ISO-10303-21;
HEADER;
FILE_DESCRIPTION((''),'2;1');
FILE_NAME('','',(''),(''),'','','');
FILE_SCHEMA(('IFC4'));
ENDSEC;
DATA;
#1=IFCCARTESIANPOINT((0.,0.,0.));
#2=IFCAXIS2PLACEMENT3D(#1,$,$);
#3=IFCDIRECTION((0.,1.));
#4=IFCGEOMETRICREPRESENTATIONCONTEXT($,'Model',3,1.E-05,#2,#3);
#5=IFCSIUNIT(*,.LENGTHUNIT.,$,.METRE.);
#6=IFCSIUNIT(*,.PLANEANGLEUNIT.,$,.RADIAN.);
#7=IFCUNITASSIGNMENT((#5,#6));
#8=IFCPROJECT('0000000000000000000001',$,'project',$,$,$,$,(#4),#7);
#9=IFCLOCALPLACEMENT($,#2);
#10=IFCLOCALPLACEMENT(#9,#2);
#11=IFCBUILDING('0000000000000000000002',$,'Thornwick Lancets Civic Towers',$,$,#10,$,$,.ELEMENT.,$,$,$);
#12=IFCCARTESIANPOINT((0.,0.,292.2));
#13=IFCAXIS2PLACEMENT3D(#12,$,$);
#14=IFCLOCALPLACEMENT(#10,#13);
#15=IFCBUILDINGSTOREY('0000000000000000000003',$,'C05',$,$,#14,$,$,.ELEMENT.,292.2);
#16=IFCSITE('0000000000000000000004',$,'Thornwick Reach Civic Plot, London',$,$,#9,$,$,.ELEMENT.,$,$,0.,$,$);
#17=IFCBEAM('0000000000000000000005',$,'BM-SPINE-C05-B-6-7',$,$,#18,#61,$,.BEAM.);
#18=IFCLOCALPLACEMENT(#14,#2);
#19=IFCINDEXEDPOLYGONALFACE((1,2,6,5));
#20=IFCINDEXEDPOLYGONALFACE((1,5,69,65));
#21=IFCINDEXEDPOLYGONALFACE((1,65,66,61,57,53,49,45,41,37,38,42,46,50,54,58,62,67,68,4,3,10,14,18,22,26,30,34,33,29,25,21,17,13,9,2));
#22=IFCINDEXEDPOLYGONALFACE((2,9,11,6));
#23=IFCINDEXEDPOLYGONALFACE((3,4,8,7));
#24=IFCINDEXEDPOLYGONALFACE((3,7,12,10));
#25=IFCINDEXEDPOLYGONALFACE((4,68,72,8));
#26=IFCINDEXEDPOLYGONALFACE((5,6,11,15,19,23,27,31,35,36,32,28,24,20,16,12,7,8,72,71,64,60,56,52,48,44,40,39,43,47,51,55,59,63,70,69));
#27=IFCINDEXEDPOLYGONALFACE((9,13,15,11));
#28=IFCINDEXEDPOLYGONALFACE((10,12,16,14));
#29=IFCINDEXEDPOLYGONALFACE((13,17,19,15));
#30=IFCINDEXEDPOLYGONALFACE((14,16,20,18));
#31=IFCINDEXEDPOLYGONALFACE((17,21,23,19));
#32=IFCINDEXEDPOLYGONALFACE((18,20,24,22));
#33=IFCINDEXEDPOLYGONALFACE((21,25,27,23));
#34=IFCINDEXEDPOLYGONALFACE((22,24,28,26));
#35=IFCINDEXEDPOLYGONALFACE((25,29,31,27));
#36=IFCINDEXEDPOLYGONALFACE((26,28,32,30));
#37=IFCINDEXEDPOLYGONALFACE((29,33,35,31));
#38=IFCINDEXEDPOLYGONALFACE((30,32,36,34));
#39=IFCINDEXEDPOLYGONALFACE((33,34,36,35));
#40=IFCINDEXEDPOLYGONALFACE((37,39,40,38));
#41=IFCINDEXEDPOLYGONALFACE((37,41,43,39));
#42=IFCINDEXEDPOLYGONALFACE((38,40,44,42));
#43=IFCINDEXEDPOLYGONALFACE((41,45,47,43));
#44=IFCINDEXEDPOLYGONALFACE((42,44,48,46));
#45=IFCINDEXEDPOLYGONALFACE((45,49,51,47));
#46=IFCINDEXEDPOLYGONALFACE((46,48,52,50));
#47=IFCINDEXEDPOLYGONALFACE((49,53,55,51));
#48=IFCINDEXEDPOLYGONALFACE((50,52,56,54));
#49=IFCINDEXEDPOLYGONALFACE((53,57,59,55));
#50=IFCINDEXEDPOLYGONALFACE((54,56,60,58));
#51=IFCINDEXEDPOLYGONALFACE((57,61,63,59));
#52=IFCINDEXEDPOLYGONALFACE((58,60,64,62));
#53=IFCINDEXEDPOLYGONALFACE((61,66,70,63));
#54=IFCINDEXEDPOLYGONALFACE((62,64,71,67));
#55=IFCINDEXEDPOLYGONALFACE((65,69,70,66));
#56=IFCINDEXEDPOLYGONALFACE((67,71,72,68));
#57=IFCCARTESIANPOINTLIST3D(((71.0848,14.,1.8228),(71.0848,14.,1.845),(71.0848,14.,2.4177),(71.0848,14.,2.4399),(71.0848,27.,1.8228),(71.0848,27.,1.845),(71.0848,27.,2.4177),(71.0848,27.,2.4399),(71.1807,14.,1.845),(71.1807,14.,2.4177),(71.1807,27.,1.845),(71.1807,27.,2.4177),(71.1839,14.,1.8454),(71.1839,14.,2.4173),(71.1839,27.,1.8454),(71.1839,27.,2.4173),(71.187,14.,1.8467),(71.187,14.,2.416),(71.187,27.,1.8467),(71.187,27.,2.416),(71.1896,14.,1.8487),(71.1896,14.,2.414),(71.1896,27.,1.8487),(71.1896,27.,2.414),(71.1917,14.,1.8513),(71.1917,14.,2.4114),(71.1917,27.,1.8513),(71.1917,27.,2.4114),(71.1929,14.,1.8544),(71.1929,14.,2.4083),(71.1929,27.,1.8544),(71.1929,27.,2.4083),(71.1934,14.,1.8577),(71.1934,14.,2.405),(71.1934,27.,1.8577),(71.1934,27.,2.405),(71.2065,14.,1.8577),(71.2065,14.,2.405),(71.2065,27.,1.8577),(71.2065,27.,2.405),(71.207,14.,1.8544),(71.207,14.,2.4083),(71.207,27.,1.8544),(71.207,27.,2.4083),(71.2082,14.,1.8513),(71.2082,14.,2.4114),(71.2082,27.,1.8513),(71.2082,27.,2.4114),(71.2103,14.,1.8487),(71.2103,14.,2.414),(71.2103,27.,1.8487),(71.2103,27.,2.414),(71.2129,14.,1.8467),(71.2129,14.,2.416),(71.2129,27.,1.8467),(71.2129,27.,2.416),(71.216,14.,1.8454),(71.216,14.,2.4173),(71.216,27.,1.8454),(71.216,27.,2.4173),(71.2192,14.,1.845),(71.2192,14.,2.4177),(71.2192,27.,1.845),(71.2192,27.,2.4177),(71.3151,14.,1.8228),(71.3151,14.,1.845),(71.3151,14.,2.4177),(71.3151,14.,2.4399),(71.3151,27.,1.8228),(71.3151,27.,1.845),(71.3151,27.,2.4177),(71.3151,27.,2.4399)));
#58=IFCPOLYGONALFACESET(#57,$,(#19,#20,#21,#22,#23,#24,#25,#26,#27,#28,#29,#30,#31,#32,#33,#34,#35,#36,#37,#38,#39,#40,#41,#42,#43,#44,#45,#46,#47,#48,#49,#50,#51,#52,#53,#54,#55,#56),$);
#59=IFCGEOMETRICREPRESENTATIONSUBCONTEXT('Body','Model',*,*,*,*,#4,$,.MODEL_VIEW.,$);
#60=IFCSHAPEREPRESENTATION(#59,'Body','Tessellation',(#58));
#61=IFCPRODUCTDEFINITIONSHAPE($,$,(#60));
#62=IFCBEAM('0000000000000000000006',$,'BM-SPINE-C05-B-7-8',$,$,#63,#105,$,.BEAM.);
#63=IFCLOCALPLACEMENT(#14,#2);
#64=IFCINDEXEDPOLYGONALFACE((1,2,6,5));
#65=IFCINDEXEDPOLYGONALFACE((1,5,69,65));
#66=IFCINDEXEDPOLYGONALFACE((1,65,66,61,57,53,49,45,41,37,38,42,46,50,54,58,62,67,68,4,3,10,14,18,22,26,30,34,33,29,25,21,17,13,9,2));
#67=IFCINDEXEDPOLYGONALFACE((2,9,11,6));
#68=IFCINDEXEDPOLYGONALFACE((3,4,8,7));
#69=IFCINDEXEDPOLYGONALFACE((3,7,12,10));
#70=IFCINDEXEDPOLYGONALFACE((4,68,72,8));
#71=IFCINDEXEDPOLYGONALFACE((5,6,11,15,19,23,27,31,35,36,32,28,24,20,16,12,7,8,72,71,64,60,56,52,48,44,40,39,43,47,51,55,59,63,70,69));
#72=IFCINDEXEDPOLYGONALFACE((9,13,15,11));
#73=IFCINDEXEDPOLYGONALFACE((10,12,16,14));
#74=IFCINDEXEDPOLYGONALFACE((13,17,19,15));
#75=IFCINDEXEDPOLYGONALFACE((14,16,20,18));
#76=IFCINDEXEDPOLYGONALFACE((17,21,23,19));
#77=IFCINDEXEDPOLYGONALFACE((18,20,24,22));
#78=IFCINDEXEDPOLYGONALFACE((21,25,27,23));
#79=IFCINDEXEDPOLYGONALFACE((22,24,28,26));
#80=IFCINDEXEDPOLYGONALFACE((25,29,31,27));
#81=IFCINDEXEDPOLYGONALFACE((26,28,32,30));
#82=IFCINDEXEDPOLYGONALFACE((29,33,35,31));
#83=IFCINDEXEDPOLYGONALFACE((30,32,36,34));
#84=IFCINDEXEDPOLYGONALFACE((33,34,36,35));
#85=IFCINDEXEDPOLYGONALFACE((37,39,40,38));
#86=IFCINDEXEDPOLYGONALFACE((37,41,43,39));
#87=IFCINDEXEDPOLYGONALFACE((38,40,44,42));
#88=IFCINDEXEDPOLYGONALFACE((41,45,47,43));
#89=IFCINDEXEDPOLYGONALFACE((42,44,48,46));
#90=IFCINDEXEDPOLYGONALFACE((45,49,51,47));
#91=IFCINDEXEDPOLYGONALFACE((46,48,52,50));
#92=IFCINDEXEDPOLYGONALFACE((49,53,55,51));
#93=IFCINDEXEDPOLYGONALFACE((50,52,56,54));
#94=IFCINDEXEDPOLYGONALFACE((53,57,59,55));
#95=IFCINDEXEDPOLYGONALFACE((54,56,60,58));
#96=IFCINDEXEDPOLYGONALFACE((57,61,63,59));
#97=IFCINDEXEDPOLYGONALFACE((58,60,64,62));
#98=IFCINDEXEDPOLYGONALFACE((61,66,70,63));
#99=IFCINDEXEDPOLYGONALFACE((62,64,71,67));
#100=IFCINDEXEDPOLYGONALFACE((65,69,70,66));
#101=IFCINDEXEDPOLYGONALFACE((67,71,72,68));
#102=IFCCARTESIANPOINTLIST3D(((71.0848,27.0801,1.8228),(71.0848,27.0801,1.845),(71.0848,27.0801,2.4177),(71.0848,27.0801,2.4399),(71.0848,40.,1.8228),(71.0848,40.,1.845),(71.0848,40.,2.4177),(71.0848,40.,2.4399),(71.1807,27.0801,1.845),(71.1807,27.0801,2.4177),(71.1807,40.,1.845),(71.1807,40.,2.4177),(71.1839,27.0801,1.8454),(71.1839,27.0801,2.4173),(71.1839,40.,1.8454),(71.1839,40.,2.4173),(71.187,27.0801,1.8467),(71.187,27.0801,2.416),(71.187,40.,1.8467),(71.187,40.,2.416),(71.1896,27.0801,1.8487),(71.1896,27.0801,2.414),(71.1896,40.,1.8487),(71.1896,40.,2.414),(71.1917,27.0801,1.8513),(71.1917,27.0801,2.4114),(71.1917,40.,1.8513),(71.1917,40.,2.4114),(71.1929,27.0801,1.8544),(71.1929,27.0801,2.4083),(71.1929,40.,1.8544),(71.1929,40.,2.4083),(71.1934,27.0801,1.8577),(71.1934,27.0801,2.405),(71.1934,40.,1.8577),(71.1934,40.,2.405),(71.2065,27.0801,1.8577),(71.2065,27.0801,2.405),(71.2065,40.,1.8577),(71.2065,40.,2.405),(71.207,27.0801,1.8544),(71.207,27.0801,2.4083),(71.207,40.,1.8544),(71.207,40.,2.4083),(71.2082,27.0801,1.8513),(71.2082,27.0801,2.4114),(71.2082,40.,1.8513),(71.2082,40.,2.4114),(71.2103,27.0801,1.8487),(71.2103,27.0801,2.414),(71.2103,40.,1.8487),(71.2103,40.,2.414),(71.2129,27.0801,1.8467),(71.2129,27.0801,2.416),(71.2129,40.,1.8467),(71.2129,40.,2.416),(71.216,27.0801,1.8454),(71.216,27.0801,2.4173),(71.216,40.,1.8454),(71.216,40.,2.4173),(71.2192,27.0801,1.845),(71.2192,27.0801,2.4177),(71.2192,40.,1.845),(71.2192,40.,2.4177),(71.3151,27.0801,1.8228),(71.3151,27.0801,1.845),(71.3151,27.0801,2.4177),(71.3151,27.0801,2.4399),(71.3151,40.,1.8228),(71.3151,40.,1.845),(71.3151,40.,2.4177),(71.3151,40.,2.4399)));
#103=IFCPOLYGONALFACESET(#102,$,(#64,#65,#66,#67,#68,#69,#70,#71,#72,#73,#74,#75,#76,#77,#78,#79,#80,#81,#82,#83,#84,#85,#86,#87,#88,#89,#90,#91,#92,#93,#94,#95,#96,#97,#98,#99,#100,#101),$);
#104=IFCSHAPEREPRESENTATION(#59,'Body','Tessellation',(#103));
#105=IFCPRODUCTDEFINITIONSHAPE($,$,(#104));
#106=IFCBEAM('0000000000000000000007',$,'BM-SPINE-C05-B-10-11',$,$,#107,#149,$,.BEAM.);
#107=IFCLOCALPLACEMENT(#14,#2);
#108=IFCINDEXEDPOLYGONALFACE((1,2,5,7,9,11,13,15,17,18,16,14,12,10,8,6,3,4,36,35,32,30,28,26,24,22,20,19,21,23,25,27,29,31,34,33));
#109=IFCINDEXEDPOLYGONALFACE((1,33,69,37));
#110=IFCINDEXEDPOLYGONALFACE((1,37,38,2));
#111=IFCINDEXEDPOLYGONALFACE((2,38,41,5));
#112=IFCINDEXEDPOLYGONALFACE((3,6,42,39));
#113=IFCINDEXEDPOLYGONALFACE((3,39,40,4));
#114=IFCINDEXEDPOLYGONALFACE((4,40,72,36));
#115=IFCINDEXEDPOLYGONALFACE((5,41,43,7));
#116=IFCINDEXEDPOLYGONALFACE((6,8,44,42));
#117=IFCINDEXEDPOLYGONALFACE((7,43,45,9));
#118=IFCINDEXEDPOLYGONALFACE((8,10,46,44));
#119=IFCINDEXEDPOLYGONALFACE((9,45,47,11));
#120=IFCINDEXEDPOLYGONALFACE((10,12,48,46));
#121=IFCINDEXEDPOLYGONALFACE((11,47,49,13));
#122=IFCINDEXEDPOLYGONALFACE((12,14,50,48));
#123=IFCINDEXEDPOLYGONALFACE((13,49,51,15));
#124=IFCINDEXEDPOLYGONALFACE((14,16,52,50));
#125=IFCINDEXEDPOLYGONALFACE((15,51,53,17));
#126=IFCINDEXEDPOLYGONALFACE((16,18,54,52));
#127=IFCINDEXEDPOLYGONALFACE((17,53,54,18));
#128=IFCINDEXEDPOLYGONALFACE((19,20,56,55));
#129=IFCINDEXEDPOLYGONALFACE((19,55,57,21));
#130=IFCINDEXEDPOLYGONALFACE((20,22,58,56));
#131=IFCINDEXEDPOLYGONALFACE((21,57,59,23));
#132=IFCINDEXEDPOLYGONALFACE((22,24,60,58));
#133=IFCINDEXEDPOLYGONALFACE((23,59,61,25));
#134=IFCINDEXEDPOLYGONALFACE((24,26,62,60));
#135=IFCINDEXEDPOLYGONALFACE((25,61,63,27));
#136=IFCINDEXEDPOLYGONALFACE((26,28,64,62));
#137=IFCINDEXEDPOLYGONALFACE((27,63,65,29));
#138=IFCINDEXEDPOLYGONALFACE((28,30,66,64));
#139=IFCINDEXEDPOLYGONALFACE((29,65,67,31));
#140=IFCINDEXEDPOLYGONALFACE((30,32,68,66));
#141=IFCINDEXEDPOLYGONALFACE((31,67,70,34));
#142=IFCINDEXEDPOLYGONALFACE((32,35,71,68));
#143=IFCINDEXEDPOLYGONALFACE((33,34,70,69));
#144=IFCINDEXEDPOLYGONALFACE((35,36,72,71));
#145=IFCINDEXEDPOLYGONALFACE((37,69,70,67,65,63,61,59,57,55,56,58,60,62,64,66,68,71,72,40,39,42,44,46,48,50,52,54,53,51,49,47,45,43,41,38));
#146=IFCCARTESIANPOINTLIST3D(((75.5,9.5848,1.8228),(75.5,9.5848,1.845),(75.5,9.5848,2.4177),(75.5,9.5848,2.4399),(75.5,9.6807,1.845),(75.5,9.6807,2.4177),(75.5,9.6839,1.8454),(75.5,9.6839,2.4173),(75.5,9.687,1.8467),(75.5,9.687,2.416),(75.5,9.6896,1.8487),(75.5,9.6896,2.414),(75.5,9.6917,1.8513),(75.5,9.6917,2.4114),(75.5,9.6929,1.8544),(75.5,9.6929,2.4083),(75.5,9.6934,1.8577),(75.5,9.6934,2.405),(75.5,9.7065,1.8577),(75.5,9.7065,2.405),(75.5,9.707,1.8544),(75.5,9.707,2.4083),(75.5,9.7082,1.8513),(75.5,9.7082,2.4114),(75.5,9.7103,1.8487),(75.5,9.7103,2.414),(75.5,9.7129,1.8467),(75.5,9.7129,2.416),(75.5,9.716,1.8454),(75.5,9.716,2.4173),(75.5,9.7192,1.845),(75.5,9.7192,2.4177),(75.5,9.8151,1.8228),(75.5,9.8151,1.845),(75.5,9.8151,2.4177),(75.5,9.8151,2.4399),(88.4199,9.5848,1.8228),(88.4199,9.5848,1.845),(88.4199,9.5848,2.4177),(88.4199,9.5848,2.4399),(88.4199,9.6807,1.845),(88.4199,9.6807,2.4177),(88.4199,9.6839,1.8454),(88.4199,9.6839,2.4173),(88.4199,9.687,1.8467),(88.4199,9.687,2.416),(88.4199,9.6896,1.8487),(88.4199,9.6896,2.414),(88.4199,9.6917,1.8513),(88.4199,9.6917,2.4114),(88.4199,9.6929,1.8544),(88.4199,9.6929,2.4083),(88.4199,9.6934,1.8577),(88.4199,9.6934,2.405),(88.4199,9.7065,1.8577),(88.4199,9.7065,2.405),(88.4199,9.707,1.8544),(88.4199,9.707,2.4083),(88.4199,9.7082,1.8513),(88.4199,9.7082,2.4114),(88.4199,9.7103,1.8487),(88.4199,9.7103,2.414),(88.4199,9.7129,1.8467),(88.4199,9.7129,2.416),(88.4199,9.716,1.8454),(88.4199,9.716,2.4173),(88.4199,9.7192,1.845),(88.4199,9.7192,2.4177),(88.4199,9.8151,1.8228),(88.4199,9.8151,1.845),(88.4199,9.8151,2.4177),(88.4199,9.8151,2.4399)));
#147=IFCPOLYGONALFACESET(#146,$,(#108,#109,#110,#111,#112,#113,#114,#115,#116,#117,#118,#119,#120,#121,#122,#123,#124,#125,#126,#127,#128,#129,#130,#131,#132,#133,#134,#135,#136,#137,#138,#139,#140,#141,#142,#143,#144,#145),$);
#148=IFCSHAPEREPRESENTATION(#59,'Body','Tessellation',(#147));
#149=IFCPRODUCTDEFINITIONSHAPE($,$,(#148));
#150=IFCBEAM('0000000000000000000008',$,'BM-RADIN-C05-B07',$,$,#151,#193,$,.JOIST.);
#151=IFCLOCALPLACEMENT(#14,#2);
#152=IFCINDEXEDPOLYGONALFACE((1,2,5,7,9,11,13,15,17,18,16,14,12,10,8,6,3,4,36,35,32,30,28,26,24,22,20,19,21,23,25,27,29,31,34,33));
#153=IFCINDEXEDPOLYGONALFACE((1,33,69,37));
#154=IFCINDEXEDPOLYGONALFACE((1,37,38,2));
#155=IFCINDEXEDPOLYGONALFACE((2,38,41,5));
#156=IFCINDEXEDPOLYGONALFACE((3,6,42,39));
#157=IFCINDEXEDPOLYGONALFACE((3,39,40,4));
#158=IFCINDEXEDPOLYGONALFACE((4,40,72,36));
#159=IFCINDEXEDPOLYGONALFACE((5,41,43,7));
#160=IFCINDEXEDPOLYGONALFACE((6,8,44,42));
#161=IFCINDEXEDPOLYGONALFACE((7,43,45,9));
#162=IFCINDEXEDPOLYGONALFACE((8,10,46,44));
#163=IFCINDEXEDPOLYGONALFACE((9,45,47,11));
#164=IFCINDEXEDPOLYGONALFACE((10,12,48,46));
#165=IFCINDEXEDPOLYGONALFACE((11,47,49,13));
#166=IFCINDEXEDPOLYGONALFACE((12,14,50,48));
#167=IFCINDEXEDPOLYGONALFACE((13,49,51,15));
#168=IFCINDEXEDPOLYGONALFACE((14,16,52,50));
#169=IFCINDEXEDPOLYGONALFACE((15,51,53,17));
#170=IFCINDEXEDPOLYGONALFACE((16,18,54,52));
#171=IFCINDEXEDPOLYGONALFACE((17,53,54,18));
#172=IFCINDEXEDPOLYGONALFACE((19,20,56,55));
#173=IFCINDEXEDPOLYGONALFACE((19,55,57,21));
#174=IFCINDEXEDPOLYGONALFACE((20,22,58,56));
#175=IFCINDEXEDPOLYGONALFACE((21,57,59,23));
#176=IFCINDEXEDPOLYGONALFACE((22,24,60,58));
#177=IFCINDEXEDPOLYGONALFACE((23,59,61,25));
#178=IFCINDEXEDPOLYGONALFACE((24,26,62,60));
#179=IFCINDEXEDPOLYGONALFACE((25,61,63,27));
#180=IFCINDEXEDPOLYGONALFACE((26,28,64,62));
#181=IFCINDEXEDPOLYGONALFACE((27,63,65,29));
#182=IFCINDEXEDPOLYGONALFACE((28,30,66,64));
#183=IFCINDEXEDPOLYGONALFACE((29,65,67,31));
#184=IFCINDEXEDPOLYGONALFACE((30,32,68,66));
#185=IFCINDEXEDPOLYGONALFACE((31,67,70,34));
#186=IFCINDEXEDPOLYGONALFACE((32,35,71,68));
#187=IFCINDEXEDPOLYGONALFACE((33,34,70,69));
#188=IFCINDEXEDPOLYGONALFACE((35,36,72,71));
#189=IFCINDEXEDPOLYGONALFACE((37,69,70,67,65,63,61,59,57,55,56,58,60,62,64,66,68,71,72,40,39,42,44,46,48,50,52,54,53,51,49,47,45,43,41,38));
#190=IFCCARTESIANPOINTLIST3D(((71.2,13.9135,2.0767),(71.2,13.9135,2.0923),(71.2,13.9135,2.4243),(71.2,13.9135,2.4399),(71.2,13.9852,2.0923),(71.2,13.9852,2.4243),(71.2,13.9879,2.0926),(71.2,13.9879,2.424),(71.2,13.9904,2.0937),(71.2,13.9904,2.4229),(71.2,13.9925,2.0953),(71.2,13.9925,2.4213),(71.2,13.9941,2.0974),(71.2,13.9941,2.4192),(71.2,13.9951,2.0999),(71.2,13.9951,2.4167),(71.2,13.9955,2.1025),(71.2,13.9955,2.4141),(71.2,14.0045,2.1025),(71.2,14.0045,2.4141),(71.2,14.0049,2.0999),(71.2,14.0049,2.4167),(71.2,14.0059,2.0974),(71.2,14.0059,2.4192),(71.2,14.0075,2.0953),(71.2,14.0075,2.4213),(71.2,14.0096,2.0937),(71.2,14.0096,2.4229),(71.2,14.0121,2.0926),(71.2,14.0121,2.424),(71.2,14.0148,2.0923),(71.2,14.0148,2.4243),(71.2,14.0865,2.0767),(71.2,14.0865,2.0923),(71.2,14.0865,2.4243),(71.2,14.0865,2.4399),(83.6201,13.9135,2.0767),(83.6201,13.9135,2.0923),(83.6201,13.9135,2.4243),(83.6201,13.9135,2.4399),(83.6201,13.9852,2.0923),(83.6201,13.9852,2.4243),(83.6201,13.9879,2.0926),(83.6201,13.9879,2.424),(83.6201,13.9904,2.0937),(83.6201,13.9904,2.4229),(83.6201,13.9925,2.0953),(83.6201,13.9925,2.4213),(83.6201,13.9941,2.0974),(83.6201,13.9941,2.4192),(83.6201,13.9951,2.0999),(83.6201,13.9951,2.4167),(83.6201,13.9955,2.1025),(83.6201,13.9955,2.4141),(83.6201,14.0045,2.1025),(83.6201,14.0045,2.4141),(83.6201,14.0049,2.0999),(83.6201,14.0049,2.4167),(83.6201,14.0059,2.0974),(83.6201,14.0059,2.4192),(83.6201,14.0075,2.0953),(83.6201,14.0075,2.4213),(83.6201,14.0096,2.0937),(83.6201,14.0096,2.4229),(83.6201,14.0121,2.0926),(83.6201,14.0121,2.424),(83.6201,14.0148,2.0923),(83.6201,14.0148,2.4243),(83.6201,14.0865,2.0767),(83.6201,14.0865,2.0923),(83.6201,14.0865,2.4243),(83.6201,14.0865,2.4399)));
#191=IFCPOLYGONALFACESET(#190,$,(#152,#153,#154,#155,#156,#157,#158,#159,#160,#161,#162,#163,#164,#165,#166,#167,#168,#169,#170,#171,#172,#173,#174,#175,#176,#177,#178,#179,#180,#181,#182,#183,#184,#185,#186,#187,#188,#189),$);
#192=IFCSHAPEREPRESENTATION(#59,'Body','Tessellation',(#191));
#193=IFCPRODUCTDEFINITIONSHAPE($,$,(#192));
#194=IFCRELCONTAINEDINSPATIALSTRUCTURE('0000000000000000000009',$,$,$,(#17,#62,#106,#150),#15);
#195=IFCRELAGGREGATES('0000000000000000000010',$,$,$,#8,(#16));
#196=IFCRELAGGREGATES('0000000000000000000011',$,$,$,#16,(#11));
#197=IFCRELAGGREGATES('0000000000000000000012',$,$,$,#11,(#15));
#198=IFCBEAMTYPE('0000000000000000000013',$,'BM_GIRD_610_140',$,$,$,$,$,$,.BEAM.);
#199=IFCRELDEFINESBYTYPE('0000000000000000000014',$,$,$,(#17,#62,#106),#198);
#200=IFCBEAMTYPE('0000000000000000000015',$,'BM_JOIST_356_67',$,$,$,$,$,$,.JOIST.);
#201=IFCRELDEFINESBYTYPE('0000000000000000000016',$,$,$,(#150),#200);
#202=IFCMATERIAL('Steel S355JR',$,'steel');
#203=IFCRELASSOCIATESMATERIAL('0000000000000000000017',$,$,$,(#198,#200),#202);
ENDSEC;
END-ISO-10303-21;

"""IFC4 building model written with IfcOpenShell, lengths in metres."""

from ifc_helpers import new_model, si_unit, direction, frame, origin, origin_2d, place, context, subcontext, project, spatial, i_section, extrude, material, material_profile, profile_set, type_object, element, save


model = new_model("IFC4")

# Units and contexts
model_context = context("Model", 3, precision=1e-05, world=origin(), true_north=direction((0.0, 1.0)))
body_context = subcontext(model_context, "Body", "Model", "MODEL_VIEW")
ifc_project = project(units=[si_unit("LENGTHUNIT", "METRE"), si_unit("PLANEANGLEUNIT", "RADIAN")], contexts=[model_context])

# Site, building, storey
site_placement = place(None, origin())
site = spatial("IfcSite", under=ifc_project, at=site_placement, Name="Thornwick Reach Civic Plot, London", CompositionType="ELEMENT", RefElevation=0.0)
building_placement = place(site_placement, origin())
building = spatial("IfcBuilding", under=site, at=building_placement, Name="Thornwick Lancets Civic Towers", CompositionType="ELEMENT")
storey_placement = place(building_placement, frame((0.0, 0.0, 292.2)))
storey = spatial("IfcBuildingStorey", under=building, at=storey_placement, Name="C05", CompositionType="ELEMENT", Elevation=292.2)

# Shared definitions
ifc_material_1 = material(Name="Steel S355JR", Category="steel")

# Beams
ifc_material_profile_1 = material_profile(ifc_material_1, i_section(OverallWidth=0.2302, OverallDepth=0.6172, WebThickness=0.0132, FlangeThickness=0.0222, FilletRadius=0.0127, at=origin_2d()), Name="UKB 610x229x140")
ifc_profile_set_1 = profile_set([ifc_material_profile_1], Name="Steel S355JR")
beam_type_1 = type_object("IfcBeamType", Name="BM_GIRD_610_140", PredefinedType="BEAM", material=ifc_profile_set_1)
beam_1_placement = place(storey_placement, frame((71.2, 14.0, 2.1313), z_axis=(0.0, 1.0, 0.0), x_axis=(-1.0, 0.0, 0.0)))
element("IfcBeam", 1, at=beam_1_placement, inside=storey, type_object=beam_type_1, Name="BM-SPINE-C05-B-6-7", PredefinedType="BEAM", context=body_context, shape_type="SweptSolid", body=[
    extrude(i_section(OverallWidth=0.2302, OverallDepth=0.6172, WebThickness=0.0132, FlangeThickness=0.0222, FilletRadius=0.0127, at=origin_2d()), origin(), (0.0, 0.0, 1.0), 13.0),
])
for number, where, z_axis, x_axis, name in (
    (2, (71.2, 27.0801, 2.1313), (0.0, 1.0, 0.0), (-1.0, 0.0, 0.0), "BM-SPINE-C05-B-7-8"),
    (3, (88.4199, 9.7, 2.1313), (-1.0, 0.0, 0.0), (0.0, -1.0, 0.0), "BM-SPINE-C05-B-10-11"),
):
    element("IfcBeam", number, at=place(storey_placement, frame(where, z_axis=z_axis, x_axis=x_axis)), inside=storey, type_object=beam_type_1, Name=name, PredefinedType="BEAM", context=body_context, shape_type="SweptSolid", body=[
        extrude(i_section(OverallWidth=0.2302, OverallDepth=0.6172, WebThickness=0.0132, FlangeThickness=0.0222, FilletRadius=0.0127, at=origin_2d()), origin(), (0.0, 0.0, 1.0), 12.9199),
    ])
ifc_material_profile_2 = material_profile(ifc_material_1, i_section(OverallWidth=0.1731, OverallDepth=0.3633, WebThickness=0.009, FlangeThickness=0.0156, FilletRadius=0.0103, at=origin_2d()), Name="UKB 356x171x67")
ifc_profile_set_2 = profile_set([ifc_material_profile_2], Name="Steel S355JR")
beam_type_2 = type_object("IfcBeamType", Name="BM_JOIST_356_67", PredefinedType="JOIST", material=ifc_profile_set_2)
beam_2_placement = place(storey_placement, frame((83.6201, 14.0, 2.2583), z_axis=(-1.0, 0.0, 0.0), x_axis=(0.0, -1.0, 0.0)))
element("IfcBeam", 4, at=beam_2_placement, inside=storey, type_object=beam_type_2, Name="BM-RADIN-C05-B07", PredefinedType="JOIST", context=body_context, shape_type="SweptSolid", body=[
    extrude(i_section(OverallWidth=0.1731, OverallDepth=0.3633, WebThickness=0.009, FlangeThickness=0.0156, FilletRadius=0.0103, at=origin_2d()), origin(), (0.0, 0.0, 1.0), 12.4202),
])

save(model, "model.ifc")
